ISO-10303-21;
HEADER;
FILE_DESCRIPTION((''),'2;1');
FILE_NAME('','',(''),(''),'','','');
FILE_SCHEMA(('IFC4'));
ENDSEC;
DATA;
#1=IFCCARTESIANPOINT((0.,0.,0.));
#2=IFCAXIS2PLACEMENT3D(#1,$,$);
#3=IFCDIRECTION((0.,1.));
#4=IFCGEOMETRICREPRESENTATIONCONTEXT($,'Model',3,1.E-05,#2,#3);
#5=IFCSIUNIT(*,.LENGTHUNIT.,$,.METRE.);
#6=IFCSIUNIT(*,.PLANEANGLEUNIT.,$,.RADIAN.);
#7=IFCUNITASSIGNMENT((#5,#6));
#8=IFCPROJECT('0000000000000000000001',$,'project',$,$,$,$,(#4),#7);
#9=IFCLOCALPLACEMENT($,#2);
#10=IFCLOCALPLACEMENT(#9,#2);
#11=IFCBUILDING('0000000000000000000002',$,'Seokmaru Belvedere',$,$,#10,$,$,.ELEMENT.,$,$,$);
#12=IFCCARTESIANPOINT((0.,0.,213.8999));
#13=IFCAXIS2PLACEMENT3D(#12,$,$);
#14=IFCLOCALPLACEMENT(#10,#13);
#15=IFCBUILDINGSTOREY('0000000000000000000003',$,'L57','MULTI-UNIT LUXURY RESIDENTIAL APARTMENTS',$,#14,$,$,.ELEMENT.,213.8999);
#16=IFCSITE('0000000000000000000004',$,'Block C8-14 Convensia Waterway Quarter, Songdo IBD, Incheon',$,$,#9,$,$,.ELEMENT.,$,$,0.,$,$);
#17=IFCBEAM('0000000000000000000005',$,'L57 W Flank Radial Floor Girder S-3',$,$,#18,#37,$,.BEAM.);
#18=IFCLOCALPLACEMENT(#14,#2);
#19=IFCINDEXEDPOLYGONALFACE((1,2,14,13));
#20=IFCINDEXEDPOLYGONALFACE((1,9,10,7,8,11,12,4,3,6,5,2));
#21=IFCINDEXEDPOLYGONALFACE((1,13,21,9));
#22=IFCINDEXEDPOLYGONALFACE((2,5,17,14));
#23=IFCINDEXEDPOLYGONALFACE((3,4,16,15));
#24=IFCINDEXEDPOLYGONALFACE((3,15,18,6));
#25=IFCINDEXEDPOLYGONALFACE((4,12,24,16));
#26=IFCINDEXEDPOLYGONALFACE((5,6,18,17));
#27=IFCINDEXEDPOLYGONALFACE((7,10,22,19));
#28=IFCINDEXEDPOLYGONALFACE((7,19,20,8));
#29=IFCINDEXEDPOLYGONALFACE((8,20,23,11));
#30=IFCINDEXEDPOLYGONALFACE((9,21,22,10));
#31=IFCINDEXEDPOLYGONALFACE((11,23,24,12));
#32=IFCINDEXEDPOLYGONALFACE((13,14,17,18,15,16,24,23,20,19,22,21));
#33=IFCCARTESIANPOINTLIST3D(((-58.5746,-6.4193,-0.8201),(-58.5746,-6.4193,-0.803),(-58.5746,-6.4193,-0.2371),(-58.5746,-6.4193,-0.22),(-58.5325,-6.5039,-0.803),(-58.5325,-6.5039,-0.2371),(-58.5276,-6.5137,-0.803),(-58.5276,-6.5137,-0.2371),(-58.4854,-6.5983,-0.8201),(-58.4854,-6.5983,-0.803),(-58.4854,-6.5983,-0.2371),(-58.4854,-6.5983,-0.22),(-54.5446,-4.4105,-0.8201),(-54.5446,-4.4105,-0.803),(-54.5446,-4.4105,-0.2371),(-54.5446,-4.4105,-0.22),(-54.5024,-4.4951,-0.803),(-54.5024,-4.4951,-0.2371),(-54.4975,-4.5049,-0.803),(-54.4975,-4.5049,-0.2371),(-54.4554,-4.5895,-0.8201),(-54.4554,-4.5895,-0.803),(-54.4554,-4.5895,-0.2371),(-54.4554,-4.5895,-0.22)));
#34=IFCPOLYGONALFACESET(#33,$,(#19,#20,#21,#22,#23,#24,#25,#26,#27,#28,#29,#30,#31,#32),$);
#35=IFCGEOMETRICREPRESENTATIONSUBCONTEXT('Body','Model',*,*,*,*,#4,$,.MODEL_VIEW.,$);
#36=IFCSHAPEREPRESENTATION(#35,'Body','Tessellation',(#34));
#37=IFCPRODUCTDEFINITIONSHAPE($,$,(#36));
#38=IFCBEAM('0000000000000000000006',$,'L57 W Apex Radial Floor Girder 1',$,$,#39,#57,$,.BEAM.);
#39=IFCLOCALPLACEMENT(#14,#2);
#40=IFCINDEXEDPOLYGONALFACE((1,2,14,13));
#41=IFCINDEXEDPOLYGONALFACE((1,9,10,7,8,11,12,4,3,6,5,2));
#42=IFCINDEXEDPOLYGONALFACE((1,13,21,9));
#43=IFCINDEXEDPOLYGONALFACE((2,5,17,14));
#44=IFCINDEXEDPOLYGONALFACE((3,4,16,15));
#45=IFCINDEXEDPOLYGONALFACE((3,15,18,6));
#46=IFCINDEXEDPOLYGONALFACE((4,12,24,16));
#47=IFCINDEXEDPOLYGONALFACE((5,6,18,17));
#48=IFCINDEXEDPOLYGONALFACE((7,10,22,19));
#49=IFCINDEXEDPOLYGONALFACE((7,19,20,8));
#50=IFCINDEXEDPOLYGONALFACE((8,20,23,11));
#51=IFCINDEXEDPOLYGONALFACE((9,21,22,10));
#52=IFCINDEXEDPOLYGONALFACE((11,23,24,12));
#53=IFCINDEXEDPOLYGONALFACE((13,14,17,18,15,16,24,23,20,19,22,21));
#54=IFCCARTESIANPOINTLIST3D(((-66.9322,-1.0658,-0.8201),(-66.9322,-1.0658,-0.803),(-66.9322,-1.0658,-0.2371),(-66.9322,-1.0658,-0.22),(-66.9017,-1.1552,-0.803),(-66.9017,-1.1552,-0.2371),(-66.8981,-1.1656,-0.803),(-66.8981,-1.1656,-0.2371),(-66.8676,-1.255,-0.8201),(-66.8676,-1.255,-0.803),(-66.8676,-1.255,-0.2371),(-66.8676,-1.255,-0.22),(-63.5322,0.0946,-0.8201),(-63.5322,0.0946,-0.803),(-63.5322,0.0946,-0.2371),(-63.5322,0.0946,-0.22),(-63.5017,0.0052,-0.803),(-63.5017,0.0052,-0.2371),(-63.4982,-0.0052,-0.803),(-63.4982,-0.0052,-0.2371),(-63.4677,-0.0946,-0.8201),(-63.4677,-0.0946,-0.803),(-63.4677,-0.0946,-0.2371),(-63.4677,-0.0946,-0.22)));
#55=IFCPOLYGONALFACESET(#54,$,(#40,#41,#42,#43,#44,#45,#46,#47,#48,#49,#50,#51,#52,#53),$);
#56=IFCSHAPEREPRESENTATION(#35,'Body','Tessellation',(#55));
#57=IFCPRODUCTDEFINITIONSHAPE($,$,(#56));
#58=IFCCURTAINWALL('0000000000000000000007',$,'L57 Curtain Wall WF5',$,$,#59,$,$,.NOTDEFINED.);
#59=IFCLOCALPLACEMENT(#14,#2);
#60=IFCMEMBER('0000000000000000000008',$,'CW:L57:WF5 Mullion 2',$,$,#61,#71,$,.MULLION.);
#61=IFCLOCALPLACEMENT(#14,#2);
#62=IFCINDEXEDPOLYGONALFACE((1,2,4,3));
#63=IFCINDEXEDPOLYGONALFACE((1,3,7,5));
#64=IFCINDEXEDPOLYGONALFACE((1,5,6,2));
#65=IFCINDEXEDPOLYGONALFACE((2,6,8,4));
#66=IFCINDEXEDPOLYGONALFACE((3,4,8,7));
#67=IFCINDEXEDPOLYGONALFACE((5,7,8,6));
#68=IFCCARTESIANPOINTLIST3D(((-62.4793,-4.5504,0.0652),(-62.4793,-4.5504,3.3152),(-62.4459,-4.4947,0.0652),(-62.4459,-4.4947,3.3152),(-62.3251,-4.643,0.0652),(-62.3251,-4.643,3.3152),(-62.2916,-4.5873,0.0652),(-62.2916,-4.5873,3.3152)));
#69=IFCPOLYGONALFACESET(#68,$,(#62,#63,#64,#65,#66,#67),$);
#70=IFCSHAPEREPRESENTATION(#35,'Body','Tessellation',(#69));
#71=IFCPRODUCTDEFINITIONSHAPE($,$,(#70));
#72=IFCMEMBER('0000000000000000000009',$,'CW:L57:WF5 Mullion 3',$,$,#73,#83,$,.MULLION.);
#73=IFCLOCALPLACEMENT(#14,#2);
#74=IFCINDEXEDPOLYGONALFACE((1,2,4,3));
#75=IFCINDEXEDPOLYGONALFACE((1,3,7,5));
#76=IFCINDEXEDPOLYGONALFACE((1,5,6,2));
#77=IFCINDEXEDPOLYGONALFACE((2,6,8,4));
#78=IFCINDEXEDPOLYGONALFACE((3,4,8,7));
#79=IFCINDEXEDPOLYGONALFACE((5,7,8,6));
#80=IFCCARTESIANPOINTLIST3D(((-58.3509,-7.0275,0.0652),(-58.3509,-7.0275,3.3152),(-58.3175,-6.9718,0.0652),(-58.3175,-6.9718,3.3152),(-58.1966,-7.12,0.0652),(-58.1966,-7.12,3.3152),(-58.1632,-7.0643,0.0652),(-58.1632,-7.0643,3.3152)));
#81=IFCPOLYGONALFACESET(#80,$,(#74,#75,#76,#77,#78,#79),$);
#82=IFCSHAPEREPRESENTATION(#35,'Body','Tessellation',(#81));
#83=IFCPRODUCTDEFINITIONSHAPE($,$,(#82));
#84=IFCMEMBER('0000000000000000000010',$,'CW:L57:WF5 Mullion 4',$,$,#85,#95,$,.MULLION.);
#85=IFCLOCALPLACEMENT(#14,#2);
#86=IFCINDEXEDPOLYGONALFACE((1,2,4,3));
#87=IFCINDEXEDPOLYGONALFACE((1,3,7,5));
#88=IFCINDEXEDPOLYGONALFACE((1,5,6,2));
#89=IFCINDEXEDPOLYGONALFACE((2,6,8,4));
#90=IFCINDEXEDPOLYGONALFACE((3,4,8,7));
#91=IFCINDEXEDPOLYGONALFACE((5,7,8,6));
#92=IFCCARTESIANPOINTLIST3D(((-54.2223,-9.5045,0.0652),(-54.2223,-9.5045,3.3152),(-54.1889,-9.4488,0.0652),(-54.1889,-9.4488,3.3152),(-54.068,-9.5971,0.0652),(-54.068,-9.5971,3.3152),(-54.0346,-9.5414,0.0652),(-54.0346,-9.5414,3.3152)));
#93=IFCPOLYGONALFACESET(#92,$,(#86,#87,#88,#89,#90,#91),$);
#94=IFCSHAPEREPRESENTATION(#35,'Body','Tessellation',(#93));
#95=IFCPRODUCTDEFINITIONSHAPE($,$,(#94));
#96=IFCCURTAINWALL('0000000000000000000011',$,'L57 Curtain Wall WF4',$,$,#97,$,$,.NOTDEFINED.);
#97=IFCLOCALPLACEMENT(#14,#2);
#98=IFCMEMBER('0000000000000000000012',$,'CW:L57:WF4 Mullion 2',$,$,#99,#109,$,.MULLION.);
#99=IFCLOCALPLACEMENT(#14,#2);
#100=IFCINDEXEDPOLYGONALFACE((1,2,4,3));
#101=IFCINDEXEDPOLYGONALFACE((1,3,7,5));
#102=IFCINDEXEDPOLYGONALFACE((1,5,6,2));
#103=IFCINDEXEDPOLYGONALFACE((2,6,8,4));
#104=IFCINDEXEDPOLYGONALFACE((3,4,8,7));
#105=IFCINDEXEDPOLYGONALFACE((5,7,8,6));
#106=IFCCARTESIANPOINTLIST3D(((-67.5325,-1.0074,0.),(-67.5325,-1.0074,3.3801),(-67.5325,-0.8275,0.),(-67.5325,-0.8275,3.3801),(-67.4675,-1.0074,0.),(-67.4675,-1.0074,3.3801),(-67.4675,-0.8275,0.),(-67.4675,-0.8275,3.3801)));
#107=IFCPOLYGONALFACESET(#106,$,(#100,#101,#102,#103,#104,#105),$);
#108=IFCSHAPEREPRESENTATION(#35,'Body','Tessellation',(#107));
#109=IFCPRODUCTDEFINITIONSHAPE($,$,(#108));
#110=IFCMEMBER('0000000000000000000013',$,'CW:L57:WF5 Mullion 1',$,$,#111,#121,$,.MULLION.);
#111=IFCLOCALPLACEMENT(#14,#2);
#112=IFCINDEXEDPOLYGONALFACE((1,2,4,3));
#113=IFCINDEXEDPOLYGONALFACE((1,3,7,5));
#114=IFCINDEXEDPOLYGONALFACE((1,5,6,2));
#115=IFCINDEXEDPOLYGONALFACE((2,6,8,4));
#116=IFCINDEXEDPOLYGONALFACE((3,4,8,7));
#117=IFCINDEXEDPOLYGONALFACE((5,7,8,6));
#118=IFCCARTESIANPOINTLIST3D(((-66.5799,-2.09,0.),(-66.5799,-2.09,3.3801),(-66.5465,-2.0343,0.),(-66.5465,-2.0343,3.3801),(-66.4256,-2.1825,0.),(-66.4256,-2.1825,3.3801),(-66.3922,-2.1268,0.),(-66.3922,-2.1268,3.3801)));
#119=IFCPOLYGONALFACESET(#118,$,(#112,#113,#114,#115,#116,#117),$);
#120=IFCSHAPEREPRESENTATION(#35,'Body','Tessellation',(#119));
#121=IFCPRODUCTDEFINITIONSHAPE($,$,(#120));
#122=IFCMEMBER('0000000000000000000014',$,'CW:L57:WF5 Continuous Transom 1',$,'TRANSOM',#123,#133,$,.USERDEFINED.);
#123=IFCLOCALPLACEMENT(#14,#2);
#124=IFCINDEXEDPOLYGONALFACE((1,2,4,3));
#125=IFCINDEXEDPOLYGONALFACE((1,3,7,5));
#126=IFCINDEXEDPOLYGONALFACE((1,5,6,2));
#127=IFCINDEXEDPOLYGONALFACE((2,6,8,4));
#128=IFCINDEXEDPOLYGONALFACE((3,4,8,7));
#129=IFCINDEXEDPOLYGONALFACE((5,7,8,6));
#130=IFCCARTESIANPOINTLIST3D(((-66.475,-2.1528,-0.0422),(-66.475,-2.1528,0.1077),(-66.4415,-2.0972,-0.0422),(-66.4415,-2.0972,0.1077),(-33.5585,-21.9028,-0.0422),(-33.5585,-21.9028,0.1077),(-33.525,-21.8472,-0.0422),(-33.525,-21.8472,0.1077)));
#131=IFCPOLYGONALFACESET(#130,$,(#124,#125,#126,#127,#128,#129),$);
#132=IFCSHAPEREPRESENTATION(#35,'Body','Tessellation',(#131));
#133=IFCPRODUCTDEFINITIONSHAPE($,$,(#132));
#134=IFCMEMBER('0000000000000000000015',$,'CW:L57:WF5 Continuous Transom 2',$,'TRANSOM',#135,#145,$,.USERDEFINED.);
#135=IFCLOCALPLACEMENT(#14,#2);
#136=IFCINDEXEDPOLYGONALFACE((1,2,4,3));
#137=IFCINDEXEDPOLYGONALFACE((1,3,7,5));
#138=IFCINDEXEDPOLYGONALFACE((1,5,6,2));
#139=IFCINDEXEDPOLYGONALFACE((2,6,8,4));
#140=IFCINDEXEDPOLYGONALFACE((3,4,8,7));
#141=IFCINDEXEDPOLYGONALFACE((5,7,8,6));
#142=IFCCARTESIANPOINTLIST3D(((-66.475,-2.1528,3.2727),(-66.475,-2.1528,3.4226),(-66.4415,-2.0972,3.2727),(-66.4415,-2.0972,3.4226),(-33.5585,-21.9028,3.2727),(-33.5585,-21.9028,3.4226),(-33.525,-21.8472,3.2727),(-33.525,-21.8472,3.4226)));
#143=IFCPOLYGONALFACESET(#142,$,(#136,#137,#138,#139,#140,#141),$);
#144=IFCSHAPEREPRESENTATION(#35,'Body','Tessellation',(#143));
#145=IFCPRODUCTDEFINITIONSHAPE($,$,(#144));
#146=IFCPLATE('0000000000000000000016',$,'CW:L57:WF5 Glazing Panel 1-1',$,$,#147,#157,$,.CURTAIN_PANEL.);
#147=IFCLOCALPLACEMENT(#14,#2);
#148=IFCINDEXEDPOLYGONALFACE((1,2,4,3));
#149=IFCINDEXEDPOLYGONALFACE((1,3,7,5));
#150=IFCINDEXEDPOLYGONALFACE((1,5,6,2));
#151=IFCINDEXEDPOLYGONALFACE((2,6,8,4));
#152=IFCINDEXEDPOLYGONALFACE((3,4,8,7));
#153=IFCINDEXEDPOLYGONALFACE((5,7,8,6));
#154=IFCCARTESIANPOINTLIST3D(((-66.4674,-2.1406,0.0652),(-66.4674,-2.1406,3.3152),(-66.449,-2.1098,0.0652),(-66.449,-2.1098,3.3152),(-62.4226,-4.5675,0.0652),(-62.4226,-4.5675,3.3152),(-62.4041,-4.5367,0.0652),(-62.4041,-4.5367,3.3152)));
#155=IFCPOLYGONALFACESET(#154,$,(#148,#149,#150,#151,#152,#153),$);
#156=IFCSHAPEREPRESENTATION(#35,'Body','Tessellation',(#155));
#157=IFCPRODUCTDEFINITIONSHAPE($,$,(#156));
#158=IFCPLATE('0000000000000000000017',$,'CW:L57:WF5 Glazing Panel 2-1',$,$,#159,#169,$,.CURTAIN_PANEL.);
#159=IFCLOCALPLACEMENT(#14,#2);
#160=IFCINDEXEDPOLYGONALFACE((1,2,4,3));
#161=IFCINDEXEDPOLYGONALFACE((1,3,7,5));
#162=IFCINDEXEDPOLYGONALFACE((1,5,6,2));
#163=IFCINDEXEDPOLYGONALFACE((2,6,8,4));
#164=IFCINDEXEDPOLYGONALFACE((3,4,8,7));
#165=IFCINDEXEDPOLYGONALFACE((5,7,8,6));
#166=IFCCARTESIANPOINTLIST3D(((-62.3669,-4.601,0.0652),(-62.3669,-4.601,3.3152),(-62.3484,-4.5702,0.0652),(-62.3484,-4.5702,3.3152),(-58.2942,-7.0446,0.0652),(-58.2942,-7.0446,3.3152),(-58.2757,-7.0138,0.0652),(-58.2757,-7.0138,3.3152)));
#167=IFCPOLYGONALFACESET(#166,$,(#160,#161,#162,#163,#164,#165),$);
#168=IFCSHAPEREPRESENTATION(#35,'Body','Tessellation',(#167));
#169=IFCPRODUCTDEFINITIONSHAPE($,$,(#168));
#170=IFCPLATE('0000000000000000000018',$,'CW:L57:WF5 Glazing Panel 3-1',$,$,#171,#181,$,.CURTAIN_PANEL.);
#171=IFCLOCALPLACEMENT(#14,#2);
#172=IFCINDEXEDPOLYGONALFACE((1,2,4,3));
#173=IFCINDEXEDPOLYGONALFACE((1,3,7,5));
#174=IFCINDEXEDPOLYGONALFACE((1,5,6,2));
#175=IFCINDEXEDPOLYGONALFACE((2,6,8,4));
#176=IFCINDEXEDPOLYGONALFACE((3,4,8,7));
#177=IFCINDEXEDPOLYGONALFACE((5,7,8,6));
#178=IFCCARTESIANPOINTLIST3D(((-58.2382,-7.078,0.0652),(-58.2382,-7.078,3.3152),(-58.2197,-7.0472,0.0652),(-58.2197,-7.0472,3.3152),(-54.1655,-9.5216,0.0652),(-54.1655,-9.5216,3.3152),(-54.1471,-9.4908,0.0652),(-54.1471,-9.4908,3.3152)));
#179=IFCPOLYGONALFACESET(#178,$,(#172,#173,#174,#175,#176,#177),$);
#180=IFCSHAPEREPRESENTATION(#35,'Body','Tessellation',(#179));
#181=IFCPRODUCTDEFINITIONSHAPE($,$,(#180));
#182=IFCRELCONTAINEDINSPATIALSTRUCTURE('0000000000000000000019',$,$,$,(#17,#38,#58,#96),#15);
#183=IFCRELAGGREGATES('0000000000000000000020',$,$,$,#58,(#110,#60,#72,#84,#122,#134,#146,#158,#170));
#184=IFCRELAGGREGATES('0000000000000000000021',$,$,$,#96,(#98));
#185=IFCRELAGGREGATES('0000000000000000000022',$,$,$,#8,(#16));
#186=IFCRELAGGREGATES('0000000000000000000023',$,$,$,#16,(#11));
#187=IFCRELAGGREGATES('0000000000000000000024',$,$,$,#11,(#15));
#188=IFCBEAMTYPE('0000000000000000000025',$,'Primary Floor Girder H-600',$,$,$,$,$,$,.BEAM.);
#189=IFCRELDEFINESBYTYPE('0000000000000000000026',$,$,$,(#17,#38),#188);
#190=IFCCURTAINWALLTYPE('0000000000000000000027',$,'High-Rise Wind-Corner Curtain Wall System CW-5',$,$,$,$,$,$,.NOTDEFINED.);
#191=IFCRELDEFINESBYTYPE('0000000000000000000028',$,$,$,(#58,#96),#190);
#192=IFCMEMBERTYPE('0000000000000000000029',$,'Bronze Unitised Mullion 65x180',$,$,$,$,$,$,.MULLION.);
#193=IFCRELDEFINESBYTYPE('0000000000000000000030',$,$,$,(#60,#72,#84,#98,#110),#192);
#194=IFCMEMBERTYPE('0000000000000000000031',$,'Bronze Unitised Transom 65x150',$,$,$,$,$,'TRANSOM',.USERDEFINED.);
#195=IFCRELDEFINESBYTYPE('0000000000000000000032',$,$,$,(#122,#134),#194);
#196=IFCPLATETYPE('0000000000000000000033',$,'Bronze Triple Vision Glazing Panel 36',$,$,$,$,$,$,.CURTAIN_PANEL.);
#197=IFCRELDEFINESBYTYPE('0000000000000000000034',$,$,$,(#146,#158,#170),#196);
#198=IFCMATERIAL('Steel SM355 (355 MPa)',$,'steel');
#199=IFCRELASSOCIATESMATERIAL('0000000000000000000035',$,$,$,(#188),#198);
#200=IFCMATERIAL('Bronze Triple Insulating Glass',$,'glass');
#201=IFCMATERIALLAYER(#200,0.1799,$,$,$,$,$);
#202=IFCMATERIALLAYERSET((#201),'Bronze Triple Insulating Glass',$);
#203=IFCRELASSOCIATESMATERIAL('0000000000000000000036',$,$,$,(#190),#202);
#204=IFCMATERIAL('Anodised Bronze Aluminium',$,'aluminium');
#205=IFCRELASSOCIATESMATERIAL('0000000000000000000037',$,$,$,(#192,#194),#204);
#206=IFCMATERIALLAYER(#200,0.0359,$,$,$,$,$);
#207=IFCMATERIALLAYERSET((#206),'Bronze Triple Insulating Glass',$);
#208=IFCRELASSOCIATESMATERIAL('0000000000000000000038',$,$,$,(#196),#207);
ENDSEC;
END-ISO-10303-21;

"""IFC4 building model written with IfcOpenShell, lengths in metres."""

from ifc_helpers import new_model, si_unit, direction, frame, origin, origin_2d, place, context, subcontext, project, spatial, rectangle, i_section, extrude, source, transform, mapped, material, layer, layer_set, material_profile, profile_set, type_object, type_shapes, element, aggregate, save


model = new_model("IFC4")

# Units and contexts
model_context = context("Model", 3, precision=1e-05, world=origin(), true_north=direction((0.0, 1.0)))
body_context = subcontext(model_context, "Body", "Model", "MODEL_VIEW")
ifc_project = project(units=[si_unit("LENGTHUNIT", "METRE"), si_unit("PLANEANGLEUNIT", "RADIAN")], contexts=[model_context])

# Site, building, storey
site_placement = place(None, origin())
site = spatial("IfcSite", under=ifc_project, at=site_placement, Name="Block C8-14 Convensia Waterway Quarter, Songdo IBD, Incheon", CompositionType="ELEMENT", RefElevation=0.0)
building_placement = place(site_placement, origin())
building = spatial("IfcBuilding", under=site, at=building_placement, Name="Seokmaru Belvedere", CompositionType="ELEMENT")
storey_placement = place(building_placement, frame((0.0, 0.0, 213.8999)))
storey = spatial("IfcBuildingStorey", under=building, at=storey_placement, Name="L57", Description="MULTI-UNIT LUXURY RESIDENTIAL APARTMENTS", CompositionType="ELEMENT", Elevation=213.8999)

# Shared definitions
ifc_material_1 = material(Name="Steel SM355 (355 MPa)", Category="steel")

# Beams
ifc_material_profile_1 = material_profile(ifc_material_1, i_section(OverallWidth=0.2, OverallDepth=0.6001, WebThickness=0.011, FlangeThickness=0.0171, at=origin_2d()), Name="H-600x200x11x17")
ifc_profile_set_1 = profile_set([ifc_material_profile_1], Name="Steel SM355 (355 MPa)")
beam_type_1 = type_object("IfcBeamType", Name="Primary Floor Girder H-600", PredefinedType="BEAM", material=ifc_profile_set_1)
shared_shape_1 = source(origin(), body_context, "Body", "SweptSolid", [
    extrude(i_section(OverallWidth=0.2, OverallDepth=0.6001, WebThickness=0.011, FlangeThickness=0.0171, at=origin_2d()), origin(), (0.0, 0.0, 1.0), 4.5029),
])
beam_1_placement = place(storey_placement, frame((-58.53, -6.5088, -0.52), z_axis=(0.89498, 0.446107, 0.0), x_axis=(-0.446107, 0.89498, 0.0)))
element("IfcBeam", 1, at=beam_1_placement, inside=storey, type_object=beam_type_1, Name="L57 W Flank Radial Floor Girder S-3", PredefinedType="BEAM", context=body_context, shape_type="MappedRepresentation", body=[
    mapped(shared_shape_1, transform((0.0, 0.0, 0.0), scale=1.0)),
])
shared_shape_2 = source(origin(), body_context, "Body", "SweptSolid", [
    extrude(i_section(OverallWidth=0.2, OverallDepth=0.6001, WebThickness=0.011, FlangeThickness=0.0171, at=origin_2d()), origin(), (0.0, 0.0, 1.0), 3.5925),
])
beam_2_placement = place(storey_placement, frame((-66.8999, -1.1604, -0.52), z_axis=(0.946396, 0.323009, 0.0), x_axis=(-0.323009, 0.946396, 0.0)))
element("IfcBeam", 2, at=beam_2_placement, inside=storey, type_object=beam_type_1, Name="L57 W Apex Radial Floor Girder 1", PredefinedType="BEAM", context=body_context, shape_type="MappedRepresentation", body=[
    mapped(shared_shape_2, transform((0.0, 0.0, 0.0), scale=1.0)),
])

# Curtain wall, members
ifc_material_2 = material(Name="Bronze Triple Insulating Glass", Category="glass")
ifc_layer_1 = layer(ifc_material_2, 0.1799)
ifc_layer_set_1 = layer_set([ifc_layer_1], Name="Bronze Triple Insulating Glass")
curtain_wall_type = type_object("IfcCurtainWallType", Name="High-Rise Wind-Corner Curtain Wall System CW-5", PredefinedType="NOTDEFINED", material=ifc_layer_set_1)
curtain_wall_1_placement = place(storey_placement, origin())
curtain_wall_1 = element("IfcCurtainWall", 3, at=curtain_wall_1_placement, inside=storey, type_object=curtain_wall_type, Name="L57 Curtain Wall WF5", PredefinedType="NOTDEFINED")
ifc_material_3 = material(Name="Anodised Bronze Aluminium", Category="aluminium")
ifc_material_profile_2 = material_profile(ifc_material_3, rectangle(XDim=0.0649, YDim=0.1799, at=origin_2d()), Name="CW-M-65x180")
ifc_profile_set_2 = profile_set([ifc_material_profile_2], Name="Anodised Bronze Aluminium")
member_type_1 = type_object("IfcMemberType", Name="Bronze Unitised Mullion 65x180", PredefinedType="MULLION", material=ifc_profile_set_2)
shared_shape_3 = source(origin(), body_context, "Body", "SweptSolid", [
    extrude(rectangle(XDim=0.0649, YDim=0.1799, at=origin_2d()), origin(), (0.0, 0.0, 1.0), 3.25),
])
member_1_placement = place(storey_placement, frame((-62.3855, -4.5688, 0.0652), z_axis=(0.0, 0.0, 1.0), x_axis=(0.514495, 0.857493, 0.0)))
member_1 = element("IfcMember", 4, at=member_1_placement, type_object=member_type_1, Name="CW:L57:WF5 Mullion 2", PredefinedType="MULLION", context=body_context, shape_type="MappedRepresentation", body=[
    mapped(shared_shape_3, transform((0.0, 0.0, 0.0), scale=1.0)),
])
member_2_placement = place(storey_placement, frame((-58.2571, -7.0459, 0.0652), z_axis=(0.0, 0.0, 1.0), x_axis=(0.514495, 0.857493, 0.0)))
member_2 = element("IfcMember", 5, at=member_2_placement, type_object=member_type_1, Name="CW:L57:WF5 Mullion 3", PredefinedType="MULLION", context=body_context, shape_type="MappedRepresentation", body=[
    mapped(shared_shape_3, transform((0.0, 0.0, 0.0), scale=1.0)),
])
member_3_placement = place(storey_placement, frame((-54.1284, -9.5229, 0.0652), z_axis=(0.0, 0.0, 1.0), x_axis=(0.514495, 0.857493, 0.0)))
member_3 = element("IfcMember", 6, at=member_3_placement, type_object=member_type_1, Name="CW:L57:WF5 Mullion 4", PredefinedType="MULLION", context=body_context, shape_type="MappedRepresentation", body=[
    mapped(shared_shape_3, transform((0.0, 0.0, 0.0), scale=1.0)),
])

# Curtain wall, member
curtain_wall_2_placement = place(storey_placement, origin())
curtain_wall_2 = element("IfcCurtainWall", 7, at=curtain_wall_2_placement, inside=storey, type_object=curtain_wall_type, Name="L57 Curtain Wall WF4", PredefinedType="NOTDEFINED")
shared_shape_4 = source(origin(), body_context, "Body", "SweptSolid", [
    extrude(rectangle(XDim=0.0649, YDim=0.1799, at=origin_2d()), origin(), (0.0, 0.0, 1.0), 3.3801),
])
type_shapes(member_type_1, [shared_shape_3, shared_shape_4])
member_4_placement = place(storey_placement, frame((-67.5, -0.9175, 0.0), z_axis=(0.0, 0.0, 1.0), x_axis=(1.0, 0.0, 0.0)))
member_4 = element("IfcMember", 8, at=member_4_placement, type_object=member_type_1, Name="CW:L57:WF4 Mullion 2", PredefinedType="MULLION", context=body_context, shape_type="MappedRepresentation", body=[
    mapped(shared_shape_4, transform((0.0, 0.0, 0.0), scale=1.0)),
])

# Members
member_5_placement = place(storey_placement, frame((-66.4861, -2.1084, 0.0), z_axis=(0.0, 0.0, 1.0), x_axis=(0.514495, 0.857493, 0.0)))
member_5 = element("IfcMember", 9, at=member_5_placement, type_object=member_type_1, Name="CW:L57:WF5 Mullion 1", PredefinedType="MULLION", context=body_context, shape_type="MappedRepresentation", body=[
    mapped(shared_shape_4, transform((0.0, 0.0, 0.0), scale=1.0)),
])
ifc_material_profile_3 = material_profile(ifc_material_3, rectangle(XDim=0.0649, YDim=0.1499, at=origin_2d()), Name="CW-T-65x150")
ifc_profile_set_3 = profile_set([ifc_material_profile_3], Name="Anodised Bronze Aluminium")
member_type_2 = type_object("IfcMemberType", Name="Bronze Unitised Transom 65x150", ElementType="TRANSOM", PredefinedType="USERDEFINED", material=ifc_profile_set_3)
shared_shape_5 = source(origin(), body_context, "Body", "SweptSolid", [
    extrude(rectangle(XDim=0.0649, YDim=0.1499, at=origin_2d()), origin(), (0.0, 0.0, 1.0), 38.387),
])
type_shapes(member_type_2, [shared_shape_5])
member_6_placement = place(storey_placement, frame((-66.4583, -2.125, 0.0327), z_axis=(0.857492, -0.514498, 0.0), x_axis=(0.514498, 0.857492, 0.0)))
member_6 = element("IfcMember", 10, at=member_6_placement, type_object=member_type_2, Name="CW:L57:WF5 Continuous Transom 1", ObjectType="TRANSOM", PredefinedType="USERDEFINED", context=body_context, shape_type="MappedRepresentation", body=[
    mapped(shared_shape_5, transform((0.0, 0.0, 0.0), scale=1.0)),
])
member_7_placement = place(storey_placement, frame((-66.4583, -2.125, 3.3477), z_axis=(0.857492, -0.514498, 0.0), x_axis=(0.514498, 0.857492, 0.0)))
member_7 = element("IfcMember", 11, at=member_7_placement, type_object=member_type_2, Name="CW:L57:WF5 Continuous Transom 2", ObjectType="TRANSOM", PredefinedType="USERDEFINED", context=body_context, shape_type="MappedRepresentation", body=[
    mapped(shared_shape_5, transform((0.0, 0.0, 0.0), scale=1.0)),
])

# Plates
ifc_layer_2 = layer(ifc_material_2, 0.0359)
ifc_layer_set_2 = layer_set([ifc_layer_2], Name="Bronze Triple Insulating Glass")
plate_type = type_object("IfcPlateType", Name="Bronze Triple Vision Glazing Panel 36", PredefinedType="CURTAIN_PANEL", material=ifc_layer_set_2)
shared_shape_6 = source(origin(), body_context, "Body", "SweptSolid", [
    extrude(rectangle(XDim=4.717, YDim=0.0359, at=origin_2d()), origin(), (0.0, 0.0, 1.0), 3.25),
])
plate_1_placement = place(storey_placement, frame((-64.4358, -3.3386, 0.0652), z_axis=(0.0, 0.0, 1.0), x_axis=(0.857493, -0.514495, 0.0)))
plate_1 = element("IfcPlate", 12, at=plate_1_placement, type_object=plate_type, Name="CW:L57:WF5 Glazing Panel 1-1", PredefinedType="CURTAIN_PANEL", context=body_context, shape_type="MappedRepresentation", body=[
    mapped(shared_shape_6, transform((0.0, 0.0, 0.0), scale=1.0)),
])
shared_shape_7 = source(origin(), body_context, "Body", "SweptSolid", [
    extrude(rectangle(XDim=4.7495, YDim=0.0359, at=origin_2d()), origin(), (0.0, 0.0, 1.0), 3.25),
])
plate_2_placement = place(storey_placement, frame((-60.3213, -5.8074, 0.0652), z_axis=(0.0, 0.0, 1.0), x_axis=(0.857493, -0.514495, 0.0)))
plate_2 = element("IfcPlate", 13, at=plate_2_placement, type_object=plate_type, Name="CW:L57:WF5 Glazing Panel 2-1", PredefinedType="CURTAIN_PANEL", context=body_context, shape_type="MappedRepresentation", body=[
    mapped(shared_shape_7, transform((0.0, 0.0, 0.0), scale=1.0)),
])
plate_3_placement = place(storey_placement, frame((-56.1926, -8.2844, 0.0652), z_axis=(0.0, 0.0, 1.0), x_axis=(0.857493, -0.514495, 0.0)))
plate_3 = element("IfcPlate", 14, at=plate_3_placement, type_object=plate_type, Name="CW:L57:WF5 Glazing Panel 3-1", PredefinedType="CURTAIN_PANEL", context=body_context, shape_type="MappedRepresentation", body=[
    mapped(shared_shape_7, transform((0.0, 0.0, 0.0), scale=1.0)),
])
aggregate(curtain_wall_1, [member_5, member_1, member_2, member_3, member_6, member_7, plate_1, plate_2, plate_3])
aggregate(curtain_wall_2, [member_4])

save(model, "model.ifc")
